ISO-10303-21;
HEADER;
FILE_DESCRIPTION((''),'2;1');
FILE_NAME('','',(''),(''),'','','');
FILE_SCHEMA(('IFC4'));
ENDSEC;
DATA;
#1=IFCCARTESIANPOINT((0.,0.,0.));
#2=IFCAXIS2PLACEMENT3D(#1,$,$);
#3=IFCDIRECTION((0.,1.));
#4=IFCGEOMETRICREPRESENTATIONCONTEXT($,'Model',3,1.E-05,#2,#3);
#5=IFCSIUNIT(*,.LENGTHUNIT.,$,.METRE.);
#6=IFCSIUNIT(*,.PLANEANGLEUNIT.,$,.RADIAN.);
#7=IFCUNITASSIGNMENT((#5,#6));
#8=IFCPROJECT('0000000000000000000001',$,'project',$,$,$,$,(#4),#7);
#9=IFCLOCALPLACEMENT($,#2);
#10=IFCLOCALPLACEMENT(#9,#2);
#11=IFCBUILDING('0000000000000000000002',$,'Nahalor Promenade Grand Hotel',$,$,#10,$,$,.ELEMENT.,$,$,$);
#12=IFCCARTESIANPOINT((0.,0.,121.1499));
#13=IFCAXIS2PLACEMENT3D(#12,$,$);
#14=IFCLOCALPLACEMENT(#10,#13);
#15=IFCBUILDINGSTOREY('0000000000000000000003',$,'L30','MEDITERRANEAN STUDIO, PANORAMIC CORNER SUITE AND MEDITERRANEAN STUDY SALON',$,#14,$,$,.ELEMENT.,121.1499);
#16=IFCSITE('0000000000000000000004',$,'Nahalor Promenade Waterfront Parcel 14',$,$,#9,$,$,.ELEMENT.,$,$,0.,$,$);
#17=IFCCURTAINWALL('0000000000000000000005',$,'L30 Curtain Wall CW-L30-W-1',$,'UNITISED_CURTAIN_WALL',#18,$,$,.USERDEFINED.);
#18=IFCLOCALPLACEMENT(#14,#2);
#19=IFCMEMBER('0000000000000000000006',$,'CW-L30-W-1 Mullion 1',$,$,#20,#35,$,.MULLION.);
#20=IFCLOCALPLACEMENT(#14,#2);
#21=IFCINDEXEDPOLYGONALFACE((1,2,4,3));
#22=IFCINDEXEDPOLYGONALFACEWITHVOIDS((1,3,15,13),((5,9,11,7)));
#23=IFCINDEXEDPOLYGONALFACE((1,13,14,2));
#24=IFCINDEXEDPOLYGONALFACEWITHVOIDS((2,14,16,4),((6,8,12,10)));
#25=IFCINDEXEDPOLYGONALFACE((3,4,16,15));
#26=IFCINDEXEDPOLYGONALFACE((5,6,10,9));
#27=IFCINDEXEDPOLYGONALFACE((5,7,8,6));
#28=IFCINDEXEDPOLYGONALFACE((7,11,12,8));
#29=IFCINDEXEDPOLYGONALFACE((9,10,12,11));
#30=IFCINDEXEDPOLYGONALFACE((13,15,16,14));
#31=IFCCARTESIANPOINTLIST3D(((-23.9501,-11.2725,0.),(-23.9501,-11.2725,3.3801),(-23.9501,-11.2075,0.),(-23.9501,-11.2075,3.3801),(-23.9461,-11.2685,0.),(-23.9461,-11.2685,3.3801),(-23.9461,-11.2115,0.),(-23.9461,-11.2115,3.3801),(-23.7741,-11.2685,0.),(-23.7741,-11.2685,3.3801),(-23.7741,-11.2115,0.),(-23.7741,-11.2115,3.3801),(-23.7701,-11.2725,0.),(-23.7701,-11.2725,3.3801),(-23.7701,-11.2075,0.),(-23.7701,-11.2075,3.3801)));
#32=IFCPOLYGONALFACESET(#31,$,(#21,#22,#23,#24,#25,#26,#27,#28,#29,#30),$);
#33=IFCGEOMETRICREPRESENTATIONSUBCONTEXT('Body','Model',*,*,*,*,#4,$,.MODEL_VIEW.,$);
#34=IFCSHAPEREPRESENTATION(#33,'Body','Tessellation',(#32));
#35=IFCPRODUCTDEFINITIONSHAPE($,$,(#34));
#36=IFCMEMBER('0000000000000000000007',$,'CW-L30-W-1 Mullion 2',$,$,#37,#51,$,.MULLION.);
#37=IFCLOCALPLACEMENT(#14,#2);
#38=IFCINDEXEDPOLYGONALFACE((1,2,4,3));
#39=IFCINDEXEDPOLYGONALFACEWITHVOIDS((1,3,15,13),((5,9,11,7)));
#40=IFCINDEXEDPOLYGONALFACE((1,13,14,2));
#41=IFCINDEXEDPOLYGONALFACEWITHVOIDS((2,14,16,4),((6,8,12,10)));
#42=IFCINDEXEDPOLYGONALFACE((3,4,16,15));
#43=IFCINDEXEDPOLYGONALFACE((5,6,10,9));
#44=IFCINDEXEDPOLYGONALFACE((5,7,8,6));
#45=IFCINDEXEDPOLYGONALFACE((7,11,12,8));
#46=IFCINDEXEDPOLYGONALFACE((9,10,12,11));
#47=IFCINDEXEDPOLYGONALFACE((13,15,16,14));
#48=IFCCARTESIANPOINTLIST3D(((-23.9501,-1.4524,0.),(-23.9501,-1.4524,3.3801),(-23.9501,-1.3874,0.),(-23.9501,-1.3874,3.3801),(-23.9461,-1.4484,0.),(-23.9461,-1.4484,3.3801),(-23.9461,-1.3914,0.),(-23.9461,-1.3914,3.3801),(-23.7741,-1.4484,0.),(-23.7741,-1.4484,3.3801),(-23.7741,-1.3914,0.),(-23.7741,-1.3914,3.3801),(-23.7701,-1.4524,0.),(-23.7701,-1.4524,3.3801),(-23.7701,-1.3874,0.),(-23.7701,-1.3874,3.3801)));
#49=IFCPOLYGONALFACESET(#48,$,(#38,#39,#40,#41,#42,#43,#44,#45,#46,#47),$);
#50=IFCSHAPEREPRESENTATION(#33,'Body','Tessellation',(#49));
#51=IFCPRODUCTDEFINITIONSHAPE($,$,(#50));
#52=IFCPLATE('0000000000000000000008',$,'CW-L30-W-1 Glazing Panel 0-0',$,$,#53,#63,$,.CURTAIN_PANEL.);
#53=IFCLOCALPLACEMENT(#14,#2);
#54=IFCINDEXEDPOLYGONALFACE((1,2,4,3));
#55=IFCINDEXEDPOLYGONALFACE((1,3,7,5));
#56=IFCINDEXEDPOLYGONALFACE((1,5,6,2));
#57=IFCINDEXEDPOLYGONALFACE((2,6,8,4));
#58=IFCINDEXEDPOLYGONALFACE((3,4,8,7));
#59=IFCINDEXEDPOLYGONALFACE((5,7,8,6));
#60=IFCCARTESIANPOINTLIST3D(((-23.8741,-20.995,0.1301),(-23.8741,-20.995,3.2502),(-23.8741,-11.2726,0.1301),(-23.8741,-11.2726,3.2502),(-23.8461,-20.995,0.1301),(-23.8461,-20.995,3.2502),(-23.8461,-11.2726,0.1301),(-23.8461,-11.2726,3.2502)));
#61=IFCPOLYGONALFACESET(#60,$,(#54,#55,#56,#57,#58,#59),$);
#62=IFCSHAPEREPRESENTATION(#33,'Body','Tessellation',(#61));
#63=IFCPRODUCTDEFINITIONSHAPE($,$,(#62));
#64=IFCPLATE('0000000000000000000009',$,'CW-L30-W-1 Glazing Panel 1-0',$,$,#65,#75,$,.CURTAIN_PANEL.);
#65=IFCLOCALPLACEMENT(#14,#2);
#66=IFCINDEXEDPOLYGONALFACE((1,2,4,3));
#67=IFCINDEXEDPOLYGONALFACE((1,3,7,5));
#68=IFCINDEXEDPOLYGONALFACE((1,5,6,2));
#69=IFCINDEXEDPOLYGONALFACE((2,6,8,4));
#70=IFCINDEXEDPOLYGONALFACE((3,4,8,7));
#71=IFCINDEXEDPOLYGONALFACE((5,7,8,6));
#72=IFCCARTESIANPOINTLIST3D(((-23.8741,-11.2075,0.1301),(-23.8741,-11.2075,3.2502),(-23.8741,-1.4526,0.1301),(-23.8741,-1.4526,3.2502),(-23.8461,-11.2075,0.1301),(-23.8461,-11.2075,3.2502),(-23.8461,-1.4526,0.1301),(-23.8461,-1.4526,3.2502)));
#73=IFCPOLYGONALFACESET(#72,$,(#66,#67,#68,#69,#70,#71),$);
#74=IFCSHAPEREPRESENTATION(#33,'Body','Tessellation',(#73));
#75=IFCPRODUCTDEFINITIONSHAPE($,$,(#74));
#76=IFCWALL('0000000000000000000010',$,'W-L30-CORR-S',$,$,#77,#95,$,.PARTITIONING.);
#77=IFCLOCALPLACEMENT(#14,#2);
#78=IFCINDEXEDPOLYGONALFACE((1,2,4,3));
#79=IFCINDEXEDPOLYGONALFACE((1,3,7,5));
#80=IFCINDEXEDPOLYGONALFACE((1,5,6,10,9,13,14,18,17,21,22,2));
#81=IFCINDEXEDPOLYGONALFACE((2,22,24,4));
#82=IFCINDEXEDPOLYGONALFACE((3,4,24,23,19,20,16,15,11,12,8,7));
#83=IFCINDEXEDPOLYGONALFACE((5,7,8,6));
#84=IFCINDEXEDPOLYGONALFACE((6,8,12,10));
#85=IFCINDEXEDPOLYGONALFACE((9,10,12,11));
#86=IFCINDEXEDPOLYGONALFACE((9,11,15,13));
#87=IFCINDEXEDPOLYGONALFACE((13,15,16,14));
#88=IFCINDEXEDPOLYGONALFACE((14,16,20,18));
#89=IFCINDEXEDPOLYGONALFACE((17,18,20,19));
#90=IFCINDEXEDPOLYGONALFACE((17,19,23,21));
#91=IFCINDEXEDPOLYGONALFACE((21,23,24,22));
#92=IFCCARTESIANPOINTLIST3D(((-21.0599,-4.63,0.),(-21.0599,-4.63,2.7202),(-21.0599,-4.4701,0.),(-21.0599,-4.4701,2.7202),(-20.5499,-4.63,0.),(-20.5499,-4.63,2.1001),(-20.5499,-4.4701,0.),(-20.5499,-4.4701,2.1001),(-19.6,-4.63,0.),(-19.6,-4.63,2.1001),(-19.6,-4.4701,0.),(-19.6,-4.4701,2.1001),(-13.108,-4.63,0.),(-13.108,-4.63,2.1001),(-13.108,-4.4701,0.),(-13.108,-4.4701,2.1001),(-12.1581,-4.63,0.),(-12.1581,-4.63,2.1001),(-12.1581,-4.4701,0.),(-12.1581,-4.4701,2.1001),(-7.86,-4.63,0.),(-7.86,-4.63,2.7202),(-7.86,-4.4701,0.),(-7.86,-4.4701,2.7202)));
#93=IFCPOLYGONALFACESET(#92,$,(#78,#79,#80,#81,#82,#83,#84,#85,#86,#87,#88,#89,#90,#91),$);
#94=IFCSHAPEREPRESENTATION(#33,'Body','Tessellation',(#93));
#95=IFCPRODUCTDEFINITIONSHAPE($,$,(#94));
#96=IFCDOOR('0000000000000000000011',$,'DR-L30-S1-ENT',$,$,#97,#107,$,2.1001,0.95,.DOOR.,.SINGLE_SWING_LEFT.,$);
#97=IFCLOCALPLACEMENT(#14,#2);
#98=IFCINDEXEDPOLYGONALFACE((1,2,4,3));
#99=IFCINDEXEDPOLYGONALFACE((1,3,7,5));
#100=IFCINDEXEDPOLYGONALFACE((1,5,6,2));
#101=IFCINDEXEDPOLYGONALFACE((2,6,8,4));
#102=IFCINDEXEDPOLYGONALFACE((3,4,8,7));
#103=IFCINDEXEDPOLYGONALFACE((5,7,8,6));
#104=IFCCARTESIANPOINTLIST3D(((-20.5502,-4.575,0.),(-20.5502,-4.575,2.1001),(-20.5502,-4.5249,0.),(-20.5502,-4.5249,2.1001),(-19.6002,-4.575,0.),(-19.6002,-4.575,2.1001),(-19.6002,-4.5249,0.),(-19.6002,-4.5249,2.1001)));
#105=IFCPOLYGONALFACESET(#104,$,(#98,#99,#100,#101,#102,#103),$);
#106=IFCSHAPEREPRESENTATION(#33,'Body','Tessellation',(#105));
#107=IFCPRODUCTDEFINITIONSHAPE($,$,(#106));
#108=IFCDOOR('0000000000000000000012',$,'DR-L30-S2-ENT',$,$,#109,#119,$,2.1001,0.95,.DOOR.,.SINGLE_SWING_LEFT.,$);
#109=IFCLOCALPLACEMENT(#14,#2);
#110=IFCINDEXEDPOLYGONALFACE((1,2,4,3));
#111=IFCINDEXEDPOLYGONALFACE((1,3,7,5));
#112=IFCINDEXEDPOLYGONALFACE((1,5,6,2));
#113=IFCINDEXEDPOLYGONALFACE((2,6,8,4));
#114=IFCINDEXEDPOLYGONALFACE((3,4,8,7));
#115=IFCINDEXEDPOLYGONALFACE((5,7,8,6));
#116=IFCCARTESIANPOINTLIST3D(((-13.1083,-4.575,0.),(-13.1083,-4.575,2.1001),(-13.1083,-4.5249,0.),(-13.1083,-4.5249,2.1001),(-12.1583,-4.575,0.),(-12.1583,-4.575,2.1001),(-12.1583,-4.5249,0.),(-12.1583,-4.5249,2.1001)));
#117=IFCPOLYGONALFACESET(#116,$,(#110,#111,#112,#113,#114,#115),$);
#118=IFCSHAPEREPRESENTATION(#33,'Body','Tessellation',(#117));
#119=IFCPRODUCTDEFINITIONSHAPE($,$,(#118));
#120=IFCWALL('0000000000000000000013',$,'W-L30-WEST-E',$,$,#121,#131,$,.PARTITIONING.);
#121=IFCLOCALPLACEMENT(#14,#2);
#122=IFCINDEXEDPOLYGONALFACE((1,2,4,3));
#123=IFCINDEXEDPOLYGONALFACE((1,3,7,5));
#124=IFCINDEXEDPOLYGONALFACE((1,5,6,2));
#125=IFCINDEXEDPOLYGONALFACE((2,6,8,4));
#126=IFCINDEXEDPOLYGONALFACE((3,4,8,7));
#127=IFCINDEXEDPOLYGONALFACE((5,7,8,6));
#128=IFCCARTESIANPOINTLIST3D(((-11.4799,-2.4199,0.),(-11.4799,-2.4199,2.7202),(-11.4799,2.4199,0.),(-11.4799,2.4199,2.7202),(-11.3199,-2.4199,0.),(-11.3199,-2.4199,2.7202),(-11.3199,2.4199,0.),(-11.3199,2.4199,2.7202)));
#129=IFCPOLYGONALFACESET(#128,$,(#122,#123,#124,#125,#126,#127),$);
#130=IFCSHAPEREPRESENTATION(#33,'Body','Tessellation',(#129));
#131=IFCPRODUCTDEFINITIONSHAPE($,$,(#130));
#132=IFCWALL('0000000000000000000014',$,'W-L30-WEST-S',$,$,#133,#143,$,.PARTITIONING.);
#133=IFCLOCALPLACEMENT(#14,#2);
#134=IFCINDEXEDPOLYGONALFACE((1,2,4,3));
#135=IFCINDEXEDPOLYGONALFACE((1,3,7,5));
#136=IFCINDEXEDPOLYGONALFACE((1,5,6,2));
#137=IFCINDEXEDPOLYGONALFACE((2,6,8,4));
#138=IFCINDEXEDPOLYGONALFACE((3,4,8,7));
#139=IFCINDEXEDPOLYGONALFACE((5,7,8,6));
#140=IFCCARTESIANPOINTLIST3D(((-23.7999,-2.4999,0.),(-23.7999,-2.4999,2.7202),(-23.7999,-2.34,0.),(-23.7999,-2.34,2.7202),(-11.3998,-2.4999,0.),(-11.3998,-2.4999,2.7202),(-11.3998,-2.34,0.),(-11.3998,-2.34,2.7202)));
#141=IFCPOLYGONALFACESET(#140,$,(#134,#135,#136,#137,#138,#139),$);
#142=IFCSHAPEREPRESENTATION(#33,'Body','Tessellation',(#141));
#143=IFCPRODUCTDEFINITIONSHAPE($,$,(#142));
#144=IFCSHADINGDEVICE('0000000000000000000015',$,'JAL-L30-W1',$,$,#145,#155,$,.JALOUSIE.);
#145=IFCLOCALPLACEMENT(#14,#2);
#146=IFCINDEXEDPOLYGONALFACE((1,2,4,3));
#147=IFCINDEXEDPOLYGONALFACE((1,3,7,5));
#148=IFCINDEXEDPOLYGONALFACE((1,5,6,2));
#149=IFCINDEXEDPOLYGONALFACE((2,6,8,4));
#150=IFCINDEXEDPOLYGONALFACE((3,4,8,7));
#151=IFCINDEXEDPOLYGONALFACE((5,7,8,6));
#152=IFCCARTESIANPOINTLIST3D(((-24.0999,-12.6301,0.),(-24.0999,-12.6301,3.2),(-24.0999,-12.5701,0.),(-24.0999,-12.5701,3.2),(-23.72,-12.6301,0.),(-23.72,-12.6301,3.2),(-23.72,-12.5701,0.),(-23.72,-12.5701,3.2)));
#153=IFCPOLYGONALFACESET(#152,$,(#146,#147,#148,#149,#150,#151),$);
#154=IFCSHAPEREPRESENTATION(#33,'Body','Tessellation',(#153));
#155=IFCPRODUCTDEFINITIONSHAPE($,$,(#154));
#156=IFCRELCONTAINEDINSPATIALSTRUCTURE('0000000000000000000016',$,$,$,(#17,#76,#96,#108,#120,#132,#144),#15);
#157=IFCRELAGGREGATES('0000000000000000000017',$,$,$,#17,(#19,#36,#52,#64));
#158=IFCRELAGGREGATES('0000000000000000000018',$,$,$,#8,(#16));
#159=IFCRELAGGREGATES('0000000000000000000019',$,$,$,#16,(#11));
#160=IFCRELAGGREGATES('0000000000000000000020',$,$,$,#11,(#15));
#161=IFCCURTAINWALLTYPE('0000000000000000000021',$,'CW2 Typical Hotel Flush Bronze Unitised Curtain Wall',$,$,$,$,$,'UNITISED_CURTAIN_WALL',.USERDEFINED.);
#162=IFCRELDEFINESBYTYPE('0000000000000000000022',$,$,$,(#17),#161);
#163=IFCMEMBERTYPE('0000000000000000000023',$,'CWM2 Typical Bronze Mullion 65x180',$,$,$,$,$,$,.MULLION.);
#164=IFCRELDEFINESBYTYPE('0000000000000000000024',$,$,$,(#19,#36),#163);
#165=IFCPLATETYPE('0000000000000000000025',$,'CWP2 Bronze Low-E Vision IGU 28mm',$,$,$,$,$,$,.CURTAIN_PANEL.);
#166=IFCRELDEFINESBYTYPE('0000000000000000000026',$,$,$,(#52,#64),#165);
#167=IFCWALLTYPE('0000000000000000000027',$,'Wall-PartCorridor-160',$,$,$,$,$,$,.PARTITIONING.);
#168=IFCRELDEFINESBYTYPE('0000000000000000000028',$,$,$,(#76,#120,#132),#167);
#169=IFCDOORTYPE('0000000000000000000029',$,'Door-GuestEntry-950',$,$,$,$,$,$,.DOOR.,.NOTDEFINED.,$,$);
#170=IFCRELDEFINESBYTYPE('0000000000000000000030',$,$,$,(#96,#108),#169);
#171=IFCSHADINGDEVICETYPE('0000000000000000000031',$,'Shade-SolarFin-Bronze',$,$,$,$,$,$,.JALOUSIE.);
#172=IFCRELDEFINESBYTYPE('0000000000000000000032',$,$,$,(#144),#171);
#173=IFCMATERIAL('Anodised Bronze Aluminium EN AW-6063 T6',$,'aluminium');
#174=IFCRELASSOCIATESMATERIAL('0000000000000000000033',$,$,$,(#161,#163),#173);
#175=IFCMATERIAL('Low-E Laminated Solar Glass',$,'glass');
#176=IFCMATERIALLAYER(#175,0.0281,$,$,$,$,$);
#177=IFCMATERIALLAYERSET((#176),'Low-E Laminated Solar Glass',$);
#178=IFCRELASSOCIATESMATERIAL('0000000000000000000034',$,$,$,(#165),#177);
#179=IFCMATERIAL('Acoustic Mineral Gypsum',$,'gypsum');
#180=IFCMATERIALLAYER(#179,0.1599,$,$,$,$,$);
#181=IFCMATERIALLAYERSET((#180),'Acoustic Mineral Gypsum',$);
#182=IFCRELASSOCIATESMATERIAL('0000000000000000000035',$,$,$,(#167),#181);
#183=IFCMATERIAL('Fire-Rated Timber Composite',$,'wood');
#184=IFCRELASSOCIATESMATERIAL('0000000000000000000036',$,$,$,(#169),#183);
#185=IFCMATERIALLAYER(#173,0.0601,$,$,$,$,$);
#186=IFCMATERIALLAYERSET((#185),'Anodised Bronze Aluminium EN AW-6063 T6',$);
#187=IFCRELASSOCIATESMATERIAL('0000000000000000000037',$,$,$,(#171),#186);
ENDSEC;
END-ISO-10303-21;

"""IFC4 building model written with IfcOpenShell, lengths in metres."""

from ifc_helpers import new_model, si_unit, direction, frame, frame_2d, origin, origin_2d, place, context, subcontext, project, spatial, rectangle, hollow_rectangle, extrude, source, transform, mapped, material, layer, layer_set, material_profile, profile_set, type_object, element, fill, aggregate, save


model = new_model("IFC4")

# Units and contexts
model_context = context("Model", 3, precision=1e-05, world=origin(), true_north=direction((0.0, 1.0)))
body_context = subcontext(model_context, "Body", "Model", "MODEL_VIEW")
ifc_project = project(units=[si_unit("LENGTHUNIT", "METRE"), si_unit("PLANEANGLEUNIT", "RADIAN")], contexts=[model_context])

# Site, building, storey
site_placement = place(None, origin())
site = spatial("IfcSite", under=ifc_project, at=site_placement, Name="Nahalor Promenade Waterfront Parcel 14", CompositionType="ELEMENT", RefElevation=0.0)
building_placement = place(site_placement, origin())
building = spatial("IfcBuilding", under=site, at=building_placement, Name="Nahalor Promenade Grand Hotel", CompositionType="ELEMENT")
storey_placement = place(building_placement, frame((0.0, 0.0, 121.1499)))
storey = spatial("IfcBuildingStorey", under=building, at=storey_placement, Name="L30", Description="MEDITERRANEAN STUDIO, PANORAMIC CORNER SUITE AND MEDITERRANEAN STUDY SALON", CompositionType="ELEMENT", Elevation=121.1499)

# Curtain wall, members, plates
ifc_material_1 = material(Name="Anodised Bronze Aluminium EN AW-6063 T6", Category="aluminium")
curtain_wall_type = type_object("IfcCurtainWallType", Name="CW2 Typical Hotel Flush Bronze Unitised Curtain Wall", ElementType="UNITISED_CURTAIN_WALL", PredefinedType="USERDEFINED", material=ifc_material_1)
curtain_wall_placement = place(storey_placement, origin())
curtain_wall = element("IfcCurtainWall", 1, at=curtain_wall_placement, inside=storey, type_object=curtain_wall_type, Name="L30 Curtain Wall CW-L30-W-1", ObjectType="UNITISED_CURTAIN_WALL", PredefinedType="USERDEFINED")
ifc_material_profile_1 = material_profile(ifc_material_1, hollow_rectangle(XDim=0.065, YDim=0.18, WallThickness=0.004, at=origin_2d()), Name="CWM 65x180x4")
ifc_profile_set_1 = profile_set([ifc_material_profile_1], Name="Anodised Bronze Aluminium EN AW-6063 T6")
member_type_1 = type_object("IfcMemberType", Name="CWM2 Typical Bronze Mullion 65x180", PredefinedType="MULLION", material=ifc_profile_set_1)
shared_shape_1 = source(origin(), body_context, "Body", "SweptSolid", [
    extrude(hollow_rectangle(XDim=0.065, YDim=0.18, WallThickness=0.004, at=origin_2d()), origin(), (0.0, 0.0, 1.0), 3.3801),
])
member_1_placement = place(storey_placement, frame((-23.8601, -11.24, 0.0), z_axis=(0.0, 0.0, 1.0), x_axis=(0.0, 1.0, 0.0)))
member_1 = element("IfcMember", 2, at=member_1_placement, type_object=member_type_1, Name="CW-L30-W-1 Mullion 1", PredefinedType="MULLION", context=body_context, shape_type="MappedRepresentation", body=[
    mapped(shared_shape_1, transform((0.0, 0.0, 0.0), scale=1.0)),
])
member_2_placement = place(storey_placement, frame((-23.8601, -1.4199, 0.0), z_axis=(0.0, 0.0, 1.0), x_axis=(0.0, 1.0, 0.0)))
member_2 = element("IfcMember", 3, at=member_2_placement, type_object=member_type_1, Name="CW-L30-W-1 Mullion 2", PredefinedType="MULLION", context=body_context, shape_type="MappedRepresentation", body=[
    mapped(shared_shape_1, transform((0.0, 0.0, 0.0), scale=1.0)),
])
ifc_material_2 = material(Name="Low-E Laminated Solar Glass", Category="glass")
ifc_layer_1 = layer(ifc_material_2, 0.0281)
ifc_layer_set_1 = layer_set([ifc_layer_1], Name="Low-E Laminated Solar Glass")
plate_type = type_object("IfcPlateType", Name="CWP2 Bronze Low-E Vision IGU 28mm", PredefinedType="CURTAIN_PANEL", material=ifc_layer_set_1)
shared_shape_2 = source(origin(), body_context, "Body", "SweptSolid", [
    extrude(rectangle(XDim=9.7224, YDim=0.0281, at=origin_2d()), origin(), (0.0, 0.0, 1.0), 3.1201),
])
plate_1_placement = place(storey_placement, frame((-23.8601, -16.1338, 0.1301), z_axis=(0.0, 0.0, 1.0), x_axis=(0.0, 1.0, 0.0)))
plate_1 = element("IfcPlate", 4, at=plate_1_placement, type_object=plate_type, Name="CW-L30-W-1 Glazing Panel 0-0", PredefinedType="CURTAIN_PANEL", context=body_context, shape_type="MappedRepresentation", body=[
    mapped(shared_shape_2, transform((0.0, 0.0, 0.0), scale=1.0)),
])
shared_shape_3 = source(origin(), body_context, "Body", "SweptSolid", [
    extrude(rectangle(XDim=9.7549, YDim=0.0281, at=origin_2d()), origin(), (0.0, 0.0, 1.0), 3.1201),
])
plate_2_placement = place(storey_placement, frame((-23.8601, -6.3301, 0.1301), z_axis=(0.0, 0.0, 1.0), x_axis=(0.0, 1.0, 0.0)))
plate_2 = element("IfcPlate", 5, at=plate_2_placement, type_object=plate_type, Name="CW-L30-W-1 Glazing Panel 1-0", PredefinedType="CURTAIN_PANEL", context=body_context, shape_type="MappedRepresentation", body=[
    mapped(shared_shape_3, transform((0.0, 0.0, 0.0), scale=1.0)),
])
aggregate(curtain_wall, [member_1, member_2, plate_1, plate_2])

# Wall, openings, doors
ifc_material_3 = material(Name="Acoustic Mineral Gypsum", Category="gypsum")
ifc_layer_2 = layer(ifc_material_3, 0.1599)
ifc_layer_set_2 = layer_set([ifc_layer_2], Name="Acoustic Mineral Gypsum")
wall_type = type_object("IfcWallType", Name="Wall-PartCorridor-160", PredefinedType="PARTITIONING", material=ifc_layer_set_2)
shared_shape_4 = source(origin(), body_context, "Body", "SweptSolid", [
    extrude(rectangle(XDim=13.2, YDim=0.1599, at=frame_2d((6.6001, 0.0))), origin(), (0.0, 0.0, 1.0), 2.7202),
])
wall_1_placement = place(storey_placement, frame((-21.0601, -4.55, 0.0), z_axis=(0.0, 0.0, 1.0), x_axis=(1.0, 0.0, 0.0)))
wall_1 = element("IfcWall", 6, at=wall_1_placement, inside=storey, type_object=wall_type, Name="W-L30-CORR-S", PredefinedType="PARTITIONING", context=body_context, shape_type="MappedRepresentation", body=[
    mapped(shared_shape_4, transform((0.0, 0.0, 0.0), scale=1.0)),
])
opening_1_placement = place(wall_1_placement, frame((0.51, 0.0, 0.0)))
opening_1 = element("IfcOpeningElement", 7, at=opening_1_placement, cuts=wall_1, PredefinedType="OPENING", context=body_context, shape_type="SweptSolid", body=[
    extrude(rectangle(XDim=0.95, YDim=2.1001, at=frame_2d((0.4751, 1.05))), frame((0.0, 0.0898, 0.0), z_axis=(0.0, -1.0, 0.0), x_axis=(1.0, 0.0, 0.0)), (0.0, 0.0, 1.0), 0.1799),
])
opening_2_placement = place(wall_1_placement, frame((7.9519, 0.0, 0.0)))
opening_2 = element("IfcOpeningElement", 8, at=opening_2_placement, cuts=wall_1, PredefinedType="OPENING", context=body_context, shape_type="SweptSolid", body=[
    extrude(rectangle(XDim=0.95, YDim=2.1001, at=frame_2d((0.4751, 1.05))), frame((0.0, 0.0898, 0.0), z_axis=(0.0, -1.0, 0.0), x_axis=(1.0, 0.0, 0.0)), (0.0, 0.0, 1.0), 0.1799),
])
ifc_material_4 = material(Name="Fire-Rated Timber Composite", Category="wood")
door_type = type_object("IfcDoorType", Name="Door-GuestEntry-950", OperationType="NOTDEFINED", PredefinedType="DOOR", material=ifc_material_4)
shared_shape_5 = source(origin(), body_context, "Body", "SweptSolid", [
    extrude(rectangle(XDim=0.95, YDim=2.1001, at=frame_2d((0.4751, 1.05))), frame((0.0, 0.0249, 0.0), z_axis=(0.0, -1.0, 0.0), x_axis=(1.0, 0.0, 0.0)), (0.0, 0.0, 1.0), 0.05),
])
door_1_placement = place(opening_1_placement, frame((0.95, 0.0, 0.0), z_axis=(0.0, 0.0, 1.0), x_axis=(-1.0, 0.0, 0.0)))
door_1 = element("IfcDoor", 9, at=door_1_placement, inside=storey, type_object=door_type, Name="DR-L30-S1-ENT", OperationType="SINGLE_SWING_LEFT", OverallHeight=2.1001, OverallWidth=0.95, PredefinedType="DOOR", context=body_context, shape_type="MappedRepresentation", body=[
    mapped(shared_shape_5, transform((0.0, 0.0, 0.0), scale=1.0)),
])
fill(opening_1, door_1)
door_2_placement = place(opening_2_placement, frame((0.95, 0.0, 0.0), z_axis=(0.0, 0.0, 1.0), x_axis=(-1.0, 0.0, 0.0)))
door_2 = element("IfcDoor", 10, at=door_2_placement, inside=storey, type_object=door_type, Name="DR-L30-S2-ENT", OperationType="SINGLE_SWING_LEFT", OverallHeight=2.1001, OverallWidth=0.95, PredefinedType="DOOR", context=body_context, shape_type="MappedRepresentation", body=[
    mapped(shared_shape_5, transform((0.0, 0.0, 0.0), scale=1.0)),
])
fill(opening_2, door_2)

# Walls
shared_shape_6 = source(origin(), body_context, "Body", "SweptSolid", [
    extrude(rectangle(XDim=4.8398, YDim=0.1599, at=frame_2d((2.4199, 0.0))), origin(), (0.0, 0.0, 1.0), 2.7202),
])
wall_2_placement = place(storey_placement, frame((-11.3999, -2.4199, 0.0), z_axis=(0.0, 0.0, 1.0), x_axis=(0.0, 1.0, 0.0)))
element("IfcWall", 11, at=wall_2_placement, inside=storey, type_object=wall_type, Name="W-L30-WEST-E", PredefinedType="PARTITIONING", context=body_context, shape_type="MappedRepresentation", body=[
    mapped(shared_shape_6, transform((0.0, 0.0, 0.0), scale=1.0)),
])
shared_shape_7 = source(origin(), body_context, "Body", "SweptSolid", [
    extrude(rectangle(XDim=12.4001, YDim=0.1599, at=frame_2d((6.2002, 0.0))), origin(), (0.0, 0.0, 1.0), 2.7202),
])
wall_3_placement = place(storey_placement, frame((-23.8, -2.4199, 0.0), z_axis=(0.0, 0.0, 1.0), x_axis=(1.0, 0.0, 0.0)))
element("IfcWall", 12, at=wall_3_placement, inside=storey, type_object=wall_type, Name="W-L30-WEST-S", PredefinedType="PARTITIONING", context=body_context, shape_type="MappedRepresentation", body=[
    mapped(shared_shape_7, transform((0.0, 0.0, 0.0), scale=1.0)),
])

# Shading device
ifc_layer_3 = layer(ifc_material_1, 0.0601)
ifc_layer_set_3 = layer_set([ifc_layer_3], Name="Anodised Bronze Aluminium EN AW-6063 T6")
shading_device_type = type_object("IfcShadingDeviceType", Name="Shade-SolarFin-Bronze", PredefinedType="JALOUSIE", material=ifc_layer_set_3)
shared_shape_8 = source(origin(), body_context, "Body", "SweptSolid", [
    extrude(rectangle(XDim=0.3799, YDim=0.0601, at=origin_2d()), origin(), (0.0, 0.0, 1.0), 3.2),
])
shading_device_placement = place(storey_placement, frame((-23.9099, -12.6001, 0.0), z_axis=(0.0, 0.0, 1.0), x_axis=(1.0, 0.0, 0.0)))
element("IfcShadingDevice", 13, at=shading_device_placement, inside=storey, type_object=shading_device_type, Name="JAL-L30-W1", PredefinedType="JALOUSIE", context=body_context, shape_type="MappedRepresentation", body=[
    mapped(shared_shape_8, transform((0.0, 0.0, 0.0), scale=1.0)),
])

save(model, "model.ifc")
